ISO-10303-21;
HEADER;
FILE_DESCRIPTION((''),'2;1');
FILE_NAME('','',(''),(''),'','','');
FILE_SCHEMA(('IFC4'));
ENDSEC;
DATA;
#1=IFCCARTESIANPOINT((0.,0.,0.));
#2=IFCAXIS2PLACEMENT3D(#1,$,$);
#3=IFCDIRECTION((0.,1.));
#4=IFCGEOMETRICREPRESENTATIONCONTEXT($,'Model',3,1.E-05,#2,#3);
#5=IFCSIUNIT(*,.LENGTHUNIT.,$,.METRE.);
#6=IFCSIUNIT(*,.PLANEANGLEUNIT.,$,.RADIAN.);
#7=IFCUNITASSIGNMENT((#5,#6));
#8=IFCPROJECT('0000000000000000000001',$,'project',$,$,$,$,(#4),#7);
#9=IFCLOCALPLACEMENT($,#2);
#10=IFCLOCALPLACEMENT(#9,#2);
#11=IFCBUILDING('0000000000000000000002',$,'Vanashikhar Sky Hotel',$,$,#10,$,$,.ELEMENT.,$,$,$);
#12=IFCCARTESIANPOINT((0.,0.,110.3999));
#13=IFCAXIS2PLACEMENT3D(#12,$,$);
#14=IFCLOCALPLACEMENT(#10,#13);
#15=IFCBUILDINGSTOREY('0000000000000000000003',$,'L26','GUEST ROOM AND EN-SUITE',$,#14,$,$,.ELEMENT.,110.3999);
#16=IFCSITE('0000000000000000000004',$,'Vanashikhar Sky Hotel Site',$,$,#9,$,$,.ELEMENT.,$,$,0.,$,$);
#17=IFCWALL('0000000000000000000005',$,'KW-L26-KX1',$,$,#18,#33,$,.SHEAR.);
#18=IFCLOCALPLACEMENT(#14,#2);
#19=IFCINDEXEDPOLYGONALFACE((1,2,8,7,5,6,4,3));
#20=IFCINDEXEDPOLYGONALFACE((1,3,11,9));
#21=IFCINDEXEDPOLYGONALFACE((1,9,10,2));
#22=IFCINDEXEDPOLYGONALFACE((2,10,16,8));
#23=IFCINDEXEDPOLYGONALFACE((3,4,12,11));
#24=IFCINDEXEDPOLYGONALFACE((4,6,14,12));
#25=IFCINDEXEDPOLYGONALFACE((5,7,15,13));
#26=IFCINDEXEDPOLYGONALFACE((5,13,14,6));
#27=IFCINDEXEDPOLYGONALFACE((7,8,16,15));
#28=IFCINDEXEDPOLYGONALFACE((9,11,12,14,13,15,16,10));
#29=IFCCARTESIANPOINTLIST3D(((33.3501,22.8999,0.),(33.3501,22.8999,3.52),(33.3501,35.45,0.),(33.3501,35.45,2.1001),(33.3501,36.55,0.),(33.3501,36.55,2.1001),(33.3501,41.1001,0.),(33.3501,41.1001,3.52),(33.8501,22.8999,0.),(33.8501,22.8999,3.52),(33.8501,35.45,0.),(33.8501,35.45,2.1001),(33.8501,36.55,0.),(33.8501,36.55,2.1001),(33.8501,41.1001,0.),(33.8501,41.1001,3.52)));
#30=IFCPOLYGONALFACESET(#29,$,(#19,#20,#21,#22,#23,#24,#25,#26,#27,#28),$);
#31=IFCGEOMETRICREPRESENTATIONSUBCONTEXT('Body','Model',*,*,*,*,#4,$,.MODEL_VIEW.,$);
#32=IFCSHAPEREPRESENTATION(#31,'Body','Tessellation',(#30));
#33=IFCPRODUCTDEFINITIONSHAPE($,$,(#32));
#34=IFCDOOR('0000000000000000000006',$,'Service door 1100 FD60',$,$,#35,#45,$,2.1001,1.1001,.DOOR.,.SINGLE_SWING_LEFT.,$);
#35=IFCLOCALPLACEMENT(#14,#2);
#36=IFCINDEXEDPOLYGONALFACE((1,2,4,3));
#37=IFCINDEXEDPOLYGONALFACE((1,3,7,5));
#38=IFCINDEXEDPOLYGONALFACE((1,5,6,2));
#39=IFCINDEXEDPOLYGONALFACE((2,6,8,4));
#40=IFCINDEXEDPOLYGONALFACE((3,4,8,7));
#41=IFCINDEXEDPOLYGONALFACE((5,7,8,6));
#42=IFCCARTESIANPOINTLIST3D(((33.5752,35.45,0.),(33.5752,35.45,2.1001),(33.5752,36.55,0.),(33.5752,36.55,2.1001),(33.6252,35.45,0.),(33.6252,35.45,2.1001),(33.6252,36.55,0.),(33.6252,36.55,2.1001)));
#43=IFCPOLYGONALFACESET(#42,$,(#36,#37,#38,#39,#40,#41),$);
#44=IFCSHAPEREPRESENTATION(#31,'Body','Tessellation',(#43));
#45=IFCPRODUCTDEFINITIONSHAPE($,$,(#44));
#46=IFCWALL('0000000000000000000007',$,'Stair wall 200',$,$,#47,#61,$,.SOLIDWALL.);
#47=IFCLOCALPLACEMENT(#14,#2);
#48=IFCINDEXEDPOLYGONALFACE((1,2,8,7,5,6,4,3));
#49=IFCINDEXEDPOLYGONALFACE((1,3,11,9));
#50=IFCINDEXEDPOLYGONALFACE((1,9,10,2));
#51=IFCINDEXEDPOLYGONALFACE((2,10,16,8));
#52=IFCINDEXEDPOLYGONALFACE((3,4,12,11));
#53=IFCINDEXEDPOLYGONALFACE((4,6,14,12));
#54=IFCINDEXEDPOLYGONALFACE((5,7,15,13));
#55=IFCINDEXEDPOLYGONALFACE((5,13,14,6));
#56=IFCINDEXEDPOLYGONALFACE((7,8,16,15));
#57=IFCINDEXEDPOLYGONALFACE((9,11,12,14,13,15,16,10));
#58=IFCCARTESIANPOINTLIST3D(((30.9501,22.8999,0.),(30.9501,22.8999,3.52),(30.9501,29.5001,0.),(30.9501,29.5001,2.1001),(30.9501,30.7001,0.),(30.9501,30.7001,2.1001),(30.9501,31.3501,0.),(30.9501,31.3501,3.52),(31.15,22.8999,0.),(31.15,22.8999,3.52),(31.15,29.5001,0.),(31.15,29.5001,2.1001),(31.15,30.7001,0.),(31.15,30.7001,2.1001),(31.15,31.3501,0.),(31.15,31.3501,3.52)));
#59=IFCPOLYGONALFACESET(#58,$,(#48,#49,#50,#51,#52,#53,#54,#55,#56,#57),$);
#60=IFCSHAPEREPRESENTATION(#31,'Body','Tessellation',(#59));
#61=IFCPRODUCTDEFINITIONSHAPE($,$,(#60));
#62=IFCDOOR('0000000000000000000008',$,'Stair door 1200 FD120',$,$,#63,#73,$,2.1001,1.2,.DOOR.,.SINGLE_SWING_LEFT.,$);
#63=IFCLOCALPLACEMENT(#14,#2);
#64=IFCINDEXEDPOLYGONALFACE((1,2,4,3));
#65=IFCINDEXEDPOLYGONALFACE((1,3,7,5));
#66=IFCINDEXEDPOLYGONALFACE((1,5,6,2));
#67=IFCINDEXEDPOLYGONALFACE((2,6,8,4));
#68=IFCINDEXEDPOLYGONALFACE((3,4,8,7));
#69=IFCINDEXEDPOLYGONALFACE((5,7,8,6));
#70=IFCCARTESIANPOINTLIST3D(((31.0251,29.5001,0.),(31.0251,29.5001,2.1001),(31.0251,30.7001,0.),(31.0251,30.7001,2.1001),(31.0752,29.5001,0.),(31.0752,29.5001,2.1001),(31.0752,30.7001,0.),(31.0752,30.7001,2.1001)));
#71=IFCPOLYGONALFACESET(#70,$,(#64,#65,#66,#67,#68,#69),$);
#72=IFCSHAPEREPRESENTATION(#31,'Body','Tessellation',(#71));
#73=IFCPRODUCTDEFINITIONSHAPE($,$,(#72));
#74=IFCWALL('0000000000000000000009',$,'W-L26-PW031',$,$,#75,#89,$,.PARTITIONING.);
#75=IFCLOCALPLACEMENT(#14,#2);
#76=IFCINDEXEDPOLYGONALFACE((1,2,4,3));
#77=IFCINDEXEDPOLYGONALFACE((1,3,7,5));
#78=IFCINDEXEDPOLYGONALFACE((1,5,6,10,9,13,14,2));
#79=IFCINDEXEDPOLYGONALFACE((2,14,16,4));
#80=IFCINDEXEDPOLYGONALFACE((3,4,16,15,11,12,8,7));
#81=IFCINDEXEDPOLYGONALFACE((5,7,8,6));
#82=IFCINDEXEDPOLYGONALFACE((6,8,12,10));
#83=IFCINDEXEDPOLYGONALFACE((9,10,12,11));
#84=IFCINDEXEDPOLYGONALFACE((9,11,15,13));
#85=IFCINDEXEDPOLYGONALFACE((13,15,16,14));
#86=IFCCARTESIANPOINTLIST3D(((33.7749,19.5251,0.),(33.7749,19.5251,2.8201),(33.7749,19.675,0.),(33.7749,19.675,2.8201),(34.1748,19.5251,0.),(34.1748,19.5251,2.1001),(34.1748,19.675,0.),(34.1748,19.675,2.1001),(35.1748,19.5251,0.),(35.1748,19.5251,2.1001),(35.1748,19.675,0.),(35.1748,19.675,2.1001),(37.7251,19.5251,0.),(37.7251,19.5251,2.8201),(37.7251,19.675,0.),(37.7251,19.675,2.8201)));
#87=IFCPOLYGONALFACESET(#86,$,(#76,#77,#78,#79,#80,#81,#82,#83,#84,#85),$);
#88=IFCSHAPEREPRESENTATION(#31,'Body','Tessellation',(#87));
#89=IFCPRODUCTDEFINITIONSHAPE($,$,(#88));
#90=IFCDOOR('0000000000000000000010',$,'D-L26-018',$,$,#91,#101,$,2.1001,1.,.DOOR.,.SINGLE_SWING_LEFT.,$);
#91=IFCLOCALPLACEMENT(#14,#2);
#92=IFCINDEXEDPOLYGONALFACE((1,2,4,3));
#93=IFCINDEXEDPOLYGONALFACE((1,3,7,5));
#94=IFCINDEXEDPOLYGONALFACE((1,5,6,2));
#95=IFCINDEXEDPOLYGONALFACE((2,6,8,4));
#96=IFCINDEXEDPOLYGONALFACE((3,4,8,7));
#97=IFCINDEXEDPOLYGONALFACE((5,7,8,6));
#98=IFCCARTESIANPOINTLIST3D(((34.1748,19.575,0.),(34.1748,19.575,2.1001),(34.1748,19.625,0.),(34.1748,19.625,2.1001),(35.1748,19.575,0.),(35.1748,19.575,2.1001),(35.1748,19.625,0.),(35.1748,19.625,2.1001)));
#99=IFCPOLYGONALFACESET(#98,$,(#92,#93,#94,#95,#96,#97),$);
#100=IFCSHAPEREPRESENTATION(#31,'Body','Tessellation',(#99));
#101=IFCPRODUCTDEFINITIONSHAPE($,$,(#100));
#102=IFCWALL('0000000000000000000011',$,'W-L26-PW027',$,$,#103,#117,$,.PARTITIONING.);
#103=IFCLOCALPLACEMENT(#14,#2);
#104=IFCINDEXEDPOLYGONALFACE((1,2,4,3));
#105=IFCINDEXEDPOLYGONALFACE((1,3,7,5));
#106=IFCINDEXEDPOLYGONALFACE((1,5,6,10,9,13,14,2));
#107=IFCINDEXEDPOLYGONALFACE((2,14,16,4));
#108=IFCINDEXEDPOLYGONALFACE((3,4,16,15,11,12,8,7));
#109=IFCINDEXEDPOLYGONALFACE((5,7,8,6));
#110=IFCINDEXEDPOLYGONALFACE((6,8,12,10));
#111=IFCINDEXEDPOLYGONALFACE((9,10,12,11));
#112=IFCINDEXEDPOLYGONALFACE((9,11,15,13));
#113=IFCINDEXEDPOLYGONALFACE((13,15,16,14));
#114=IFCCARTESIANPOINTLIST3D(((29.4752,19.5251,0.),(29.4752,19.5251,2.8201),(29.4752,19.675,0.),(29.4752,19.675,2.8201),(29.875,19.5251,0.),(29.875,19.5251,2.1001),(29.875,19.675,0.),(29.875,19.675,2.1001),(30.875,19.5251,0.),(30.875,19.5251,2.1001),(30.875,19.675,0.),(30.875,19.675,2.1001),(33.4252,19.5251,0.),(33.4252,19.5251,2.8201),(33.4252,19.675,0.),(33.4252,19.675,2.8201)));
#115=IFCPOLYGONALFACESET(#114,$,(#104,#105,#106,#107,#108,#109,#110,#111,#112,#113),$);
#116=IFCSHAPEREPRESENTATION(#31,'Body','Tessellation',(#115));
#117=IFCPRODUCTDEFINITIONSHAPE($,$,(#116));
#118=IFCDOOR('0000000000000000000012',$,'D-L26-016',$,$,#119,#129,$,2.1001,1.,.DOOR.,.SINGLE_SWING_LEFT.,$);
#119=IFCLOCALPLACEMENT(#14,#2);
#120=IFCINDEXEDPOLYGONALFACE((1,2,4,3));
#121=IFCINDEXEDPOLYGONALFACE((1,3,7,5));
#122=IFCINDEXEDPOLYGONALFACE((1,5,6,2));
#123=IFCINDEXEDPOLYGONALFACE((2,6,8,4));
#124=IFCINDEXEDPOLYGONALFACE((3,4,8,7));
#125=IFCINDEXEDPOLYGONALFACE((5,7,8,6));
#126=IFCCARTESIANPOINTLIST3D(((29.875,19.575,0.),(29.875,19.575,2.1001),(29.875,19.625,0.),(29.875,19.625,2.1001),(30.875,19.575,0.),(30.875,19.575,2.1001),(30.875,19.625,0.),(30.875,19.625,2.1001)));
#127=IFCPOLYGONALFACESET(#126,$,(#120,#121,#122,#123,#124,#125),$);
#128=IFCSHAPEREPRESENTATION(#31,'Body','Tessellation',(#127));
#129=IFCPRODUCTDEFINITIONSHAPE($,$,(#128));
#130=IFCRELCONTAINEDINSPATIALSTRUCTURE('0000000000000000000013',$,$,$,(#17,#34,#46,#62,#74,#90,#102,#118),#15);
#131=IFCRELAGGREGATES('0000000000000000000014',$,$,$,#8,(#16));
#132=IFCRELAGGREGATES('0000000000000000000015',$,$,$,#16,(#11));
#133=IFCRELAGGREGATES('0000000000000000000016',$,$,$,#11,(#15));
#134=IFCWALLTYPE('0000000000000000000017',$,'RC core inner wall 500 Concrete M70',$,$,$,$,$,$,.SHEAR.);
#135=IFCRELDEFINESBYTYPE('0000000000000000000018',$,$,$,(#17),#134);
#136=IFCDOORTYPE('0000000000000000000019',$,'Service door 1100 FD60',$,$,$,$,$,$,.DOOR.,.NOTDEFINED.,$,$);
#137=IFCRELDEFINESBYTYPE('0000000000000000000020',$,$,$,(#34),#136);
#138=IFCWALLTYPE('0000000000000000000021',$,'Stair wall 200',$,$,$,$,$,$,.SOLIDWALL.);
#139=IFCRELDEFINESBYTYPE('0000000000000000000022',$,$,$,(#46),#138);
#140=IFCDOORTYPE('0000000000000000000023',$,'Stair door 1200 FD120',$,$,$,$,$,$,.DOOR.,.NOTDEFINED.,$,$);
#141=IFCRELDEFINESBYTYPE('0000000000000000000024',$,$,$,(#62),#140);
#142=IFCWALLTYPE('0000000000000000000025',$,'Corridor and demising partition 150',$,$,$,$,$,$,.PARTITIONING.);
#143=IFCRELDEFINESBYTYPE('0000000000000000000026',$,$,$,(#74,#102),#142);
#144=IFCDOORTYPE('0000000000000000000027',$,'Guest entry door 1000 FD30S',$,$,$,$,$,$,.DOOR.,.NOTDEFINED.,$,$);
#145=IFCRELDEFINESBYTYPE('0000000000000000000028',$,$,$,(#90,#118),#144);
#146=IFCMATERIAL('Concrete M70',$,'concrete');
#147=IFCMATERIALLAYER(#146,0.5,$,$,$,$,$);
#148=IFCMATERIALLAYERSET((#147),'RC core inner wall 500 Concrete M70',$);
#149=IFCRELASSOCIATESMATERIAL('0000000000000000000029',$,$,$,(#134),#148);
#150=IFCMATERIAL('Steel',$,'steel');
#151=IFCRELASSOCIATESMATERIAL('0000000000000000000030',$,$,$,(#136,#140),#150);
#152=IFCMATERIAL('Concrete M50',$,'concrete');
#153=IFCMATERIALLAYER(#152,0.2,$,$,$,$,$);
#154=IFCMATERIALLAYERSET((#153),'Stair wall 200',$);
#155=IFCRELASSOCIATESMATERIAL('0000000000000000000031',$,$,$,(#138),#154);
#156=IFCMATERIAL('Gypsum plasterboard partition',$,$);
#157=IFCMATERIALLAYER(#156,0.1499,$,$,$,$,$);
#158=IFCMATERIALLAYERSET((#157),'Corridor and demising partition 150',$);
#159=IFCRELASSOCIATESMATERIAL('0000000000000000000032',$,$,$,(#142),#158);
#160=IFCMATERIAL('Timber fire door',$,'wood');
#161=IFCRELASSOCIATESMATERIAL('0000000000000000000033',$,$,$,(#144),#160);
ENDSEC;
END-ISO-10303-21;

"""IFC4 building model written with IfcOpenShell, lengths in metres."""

from ifc_helpers import new_model, si_unit, direction, frame, frame_2d, origin, place, context, subcontext, project, spatial, rectangle, extrude, source, transform, mapped, material, layer, layer_set, type_object, element, fill, save


model = new_model("IFC4")

# Units and contexts
model_context = context("Model", 3, precision=1e-05, world=origin(), true_north=direction((0.0, 1.0)))
body_context = subcontext(model_context, "Body", "Model", "MODEL_VIEW")
ifc_project = project(units=[si_unit("LENGTHUNIT", "METRE"), si_unit("PLANEANGLEUNIT", "RADIAN")], contexts=[model_context])

# Site, building, storey
site_placement = place(None, origin())
site = spatial("IfcSite", under=ifc_project, at=site_placement, Name="Vanashikhar Sky Hotel Site", CompositionType="ELEMENT", RefElevation=0.0)
building_placement = place(site_placement, origin())
building = spatial("IfcBuilding", under=site, at=building_placement, Name="Vanashikhar Sky Hotel", CompositionType="ELEMENT")
storey_placement = place(building_placement, frame((0.0, 0.0, 110.3999)))
storey = spatial("IfcBuildingStorey", under=building, at=storey_placement, Name="L26", Description="GUEST ROOM AND EN-SUITE", CompositionType="ELEMENT", Elevation=110.3999)

# Walls, openings, doors
ifc_material_1 = material(Name="Concrete M70", Category="concrete")
ifc_layer_1 = layer(ifc_material_1, 0.5)
ifc_layer_set_1 = layer_set([ifc_layer_1], Name="RC core inner wall 500 Concrete M70")
wall_type_1 = type_object("IfcWallType", Name="RC core inner wall 500 Concrete M70", PredefinedType="SHEAR", material=ifc_layer_set_1)
shared_shape_1 = source(origin(), body_context, "Body", "SweptSolid", [
    extrude(rectangle(XDim=18.2002, YDim=0.5, at=frame_2d((9.1001, 0.0))), origin(), (0.0, 0.0, 1.0), 3.52),
])
wall_1_placement = place(storey_placement, frame((33.6001, 22.8999, 0.0), z_axis=(0.0, 0.0, 1.0), x_axis=(0.0, 1.0, 0.0)))
wall_1 = element("IfcWall", 1, at=wall_1_placement, inside=storey, type_object=wall_type_1, Name="KW-L26-KX1", PredefinedType="SHEAR", context=body_context, shape_type="MappedRepresentation", body=[
    mapped(shared_shape_1, transform((0.0, 0.0, 0.0), scale=1.0)),
])
shared_shape_2 = source(origin(), body_context, "Body", "SweptSolid", [
    extrude(rectangle(XDim=1.1001, YDim=2.1001, at=frame_2d((0.55, 1.05))), frame((0.0, 0.26, 0.0), z_axis=(0.0, -1.0, 0.0), x_axis=(1.0, 0.0, 0.0)), (0.0, 0.0, 1.0), 0.52),
])
opening_1_placement = place(wall_1_placement, frame((12.55, 0.0, 0.0)))
opening_1 = element("IfcOpeningElement", 2, at=opening_1_placement, cuts=wall_1, PredefinedType="OPENING", context=body_context, shape_type="MappedRepresentation", body=[
    mapped(shared_shape_2, transform((0.0, 0.0, 0.0), scale=1.0)),
])
ifc_material_2 = material(Name="Steel", Category="steel")
door_type_1 = type_object("IfcDoorType", Name="Service door 1100 FD60", OperationType="NOTDEFINED", PredefinedType="DOOR", material=ifc_material_2)
shared_shape_3 = source(origin(), body_context, "Body", "SweptSolid", [
    extrude(rectangle(XDim=1.1001, YDim=2.1001, at=frame_2d((0.55, 1.05))), frame((0.0, 0.0249, 0.0), z_axis=(0.0, -1.0, 0.0), x_axis=(1.0, 0.0, 0.0)), (0.0, 0.0, 1.0), 0.05),
])
door_1_placement = place(opening_1_placement, origin())
door_1 = element("IfcDoor", 3, at=door_1_placement, inside=storey, type_object=door_type_1, Name="Service door 1100 FD60", OperationType="SINGLE_SWING_LEFT", OverallHeight=2.1001, OverallWidth=1.1001, PredefinedType="DOOR", context=body_context, shape_type="MappedRepresentation", body=[
    mapped(shared_shape_3, transform((0.0, 0.0, 0.0), scale=1.0)),
])
fill(opening_1, door_1)
ifc_material_3 = material(Name="Concrete M50", Category="concrete")
ifc_layer_2 = layer(ifc_material_3, 0.2)
ifc_layer_set_2 = layer_set([ifc_layer_2], Name="Stair wall 200")
wall_type_2 = type_object("IfcWallType", Name="Stair wall 200", PredefinedType="SOLIDWALL", material=ifc_layer_set_2)
shared_shape_4 = source(origin(), body_context, "Body", "SweptSolid", [
    extrude(rectangle(XDim=8.4502, YDim=0.2, at=frame_2d((4.2251, 0.0))), origin(), (0.0, 0.0, 1.0), 3.52),
])
wall_2_placement = place(storey_placement, frame((31.05, 22.8999, 0.0), z_axis=(0.0, 0.0, 1.0), x_axis=(0.0, 1.0, 0.0)))
wall_2 = element("IfcWall", 4, at=wall_2_placement, inside=storey, type_object=wall_type_2, Name="Stair wall 200", PredefinedType="SOLIDWALL", context=body_context, shape_type="MappedRepresentation", body=[
    mapped(shared_shape_4, transform((0.0, 0.0, 0.0), scale=1.0)),
])
shared_shape_5 = source(origin(), body_context, "Body", "SweptSolid", [
    extrude(rectangle(XDim=1.2, YDim=2.1001, at=frame_2d((0.6001, 1.05))), frame((0.0, 0.1099, 0.0), z_axis=(0.0, -1.0, 0.0), x_axis=(1.0, 0.0, 0.0)), (0.0, 0.0, 1.0), 0.22),
])
opening_2_placement = place(wall_2_placement, frame((6.6001, 0.0, 0.0)))
opening_2 = element("IfcOpeningElement", 5, at=opening_2_placement, cuts=wall_2, PredefinedType="OPENING", context=body_context, shape_type="MappedRepresentation", body=[
    mapped(shared_shape_5, transform((0.0, 0.0, 0.0), scale=1.0)),
])
door_type_2 = type_object("IfcDoorType", Name="Stair door 1200 FD120", OperationType="NOTDEFINED", PredefinedType="DOOR", material=ifc_material_2)
shared_shape_6 = source(origin(), body_context, "Body", "SweptSolid", [
    extrude(rectangle(XDim=1.2, YDim=2.1001, at=frame_2d((0.6001, 1.05))), frame((0.0, 0.0249, 0.0), z_axis=(0.0, -1.0, 0.0), x_axis=(1.0, 0.0, 0.0)), (0.0, 0.0, 1.0), 0.05),
])
door_2_placement = place(opening_2_placement, origin())
door_2 = element("IfcDoor", 6, at=door_2_placement, inside=storey, type_object=door_type_2, Name="Stair door 1200 FD120", OperationType="SINGLE_SWING_LEFT", OverallHeight=2.1001, OverallWidth=1.2, PredefinedType="DOOR", context=body_context, shape_type="MappedRepresentation", body=[
    mapped(shared_shape_6, transform((0.0, 0.0, 0.0), scale=1.0)),
])
fill(opening_2, door_2)
ifc_material_4 = material(Name="Gypsum plasterboard partition")
ifc_layer_3 = layer(ifc_material_4, 0.1499)
ifc_layer_set_3 = layer_set([ifc_layer_3], Name="Corridor and demising partition 150")
wall_type_3 = type_object("IfcWallType", Name="Corridor and demising partition 150", PredefinedType="PARTITIONING", material=ifc_layer_set_3)
shared_shape_7 = source(origin(), body_context, "Body", "SweptSolid", [
    extrude(rectangle(XDim=3.9502, YDim=0.1499, at=frame_2d((1.9751, 0.0))), origin(), (0.0, 0.0, 1.0), 2.8201),
])
wall_3_placement = place(storey_placement, frame((33.7749, 19.6001, 0.0), z_axis=(0.0, 0.0, 1.0), x_axis=(1.0, 0.0, 0.0)))
wall_3 = element("IfcWall", 7, at=wall_3_placement, inside=storey, type_object=wall_type_3, Name="W-L26-PW031", PredefinedType="PARTITIONING", context=body_context, shape_type="MappedRepresentation", body=[
    mapped(shared_shape_7, transform((0.0, 0.0, 0.0), scale=1.0)),
])
shared_shape_8 = source(origin(), body_context, "Body", "SweptSolid", [
    extrude(rectangle(XDim=1.0, YDim=2.1001, at=frame_2d((0.5, 1.05))), frame((0.0, 0.085, 0.0), z_axis=(0.0, -1.0, 0.0), x_axis=(1.0, 0.0, 0.0)), (0.0, 0.0, 1.0), 0.1699),
])
opening_3_placement = place(wall_3_placement, frame((0.3999, 0.0, 0.0)))
opening_3 = element("IfcOpeningElement", 8, at=opening_3_placement, cuts=wall_3, PredefinedType="OPENING", context=body_context, shape_type="MappedRepresentation", body=[
    mapped(shared_shape_8, transform((0.0, 0.0, 0.0), scale=1.0)),
])
ifc_material_5 = material(Name="Timber fire door", Category="wood")
door_type_3 = type_object("IfcDoorType", Name="Guest entry door 1000 FD30S", OperationType="NOTDEFINED", PredefinedType="DOOR", material=ifc_material_5)
shared_shape_9 = source(origin(), body_context, "Body", "SweptSolid", [
    extrude(rectangle(XDim=1.0, YDim=2.1001, at=frame_2d((0.5, 1.05))), frame((0.0, 0.0249, 0.0), z_axis=(0.0, -1.0, 0.0), x_axis=(1.0, 0.0, 0.0)), (0.0, 0.0, 1.0), 0.05),
])
door_3_placement = place(opening_3_placement, origin())
door_3 = element("IfcDoor", 9, at=door_3_placement, inside=storey, type_object=door_type_3, Name="D-L26-018", OperationType="SINGLE_SWING_LEFT", OverallHeight=2.1001, OverallWidth=1.0, PredefinedType="DOOR", context=body_context, shape_type="MappedRepresentation", body=[
    mapped(shared_shape_9, transform((0.0, 0.0, 0.0), scale=1.0)),
])
fill(opening_3, door_3)
shared_shape_10 = source(origin(), body_context, "Body", "SweptSolid", [
    extrude(rectangle(XDim=3.95, YDim=0.1499, at=frame_2d((1.9751, 0.0))), origin(), (0.0, 0.0, 1.0), 2.8201),
])
wall_4_placement = place(storey_placement, frame((29.4751, 19.6001, 0.0), z_axis=(0.0, 0.0, 1.0), x_axis=(1.0, 0.0, 0.0)))
wall_4 = element("IfcWall", 10, at=wall_4_placement, inside=storey, type_object=wall_type_3, Name="W-L26-PW027", PredefinedType="PARTITIONING", context=body_context, shape_type="MappedRepresentation", body=[
    mapped(shared_shape_10, transform((0.0, 0.0, 0.0), scale=1.0)),
])
opening_4_placement = place(wall_4_placement, frame((0.3999, 0.0, 0.0)))
opening_4 = element("IfcOpeningElement", 11, at=opening_4_placement, cuts=wall_4, PredefinedType="OPENING", context=body_context, shape_type="MappedRepresentation", body=[
    mapped(shared_shape_8, transform((0.0, 0.0, 0.0), scale=1.0)),
])
door_4_placement = place(opening_4_placement, origin())
door_4 = element("IfcDoor", 12, at=door_4_placement, inside=storey, type_object=door_type_3, Name="D-L26-016", OperationType="SINGLE_SWING_LEFT", OverallHeight=2.1001, OverallWidth=1.0, PredefinedType="DOOR", context=body_context, shape_type="MappedRepresentation", body=[
    mapped(shared_shape_9, transform((0.0, 0.0, 0.0), scale=1.0)),
])
fill(opening_4, door_4)

save(model, "model.ifc")
